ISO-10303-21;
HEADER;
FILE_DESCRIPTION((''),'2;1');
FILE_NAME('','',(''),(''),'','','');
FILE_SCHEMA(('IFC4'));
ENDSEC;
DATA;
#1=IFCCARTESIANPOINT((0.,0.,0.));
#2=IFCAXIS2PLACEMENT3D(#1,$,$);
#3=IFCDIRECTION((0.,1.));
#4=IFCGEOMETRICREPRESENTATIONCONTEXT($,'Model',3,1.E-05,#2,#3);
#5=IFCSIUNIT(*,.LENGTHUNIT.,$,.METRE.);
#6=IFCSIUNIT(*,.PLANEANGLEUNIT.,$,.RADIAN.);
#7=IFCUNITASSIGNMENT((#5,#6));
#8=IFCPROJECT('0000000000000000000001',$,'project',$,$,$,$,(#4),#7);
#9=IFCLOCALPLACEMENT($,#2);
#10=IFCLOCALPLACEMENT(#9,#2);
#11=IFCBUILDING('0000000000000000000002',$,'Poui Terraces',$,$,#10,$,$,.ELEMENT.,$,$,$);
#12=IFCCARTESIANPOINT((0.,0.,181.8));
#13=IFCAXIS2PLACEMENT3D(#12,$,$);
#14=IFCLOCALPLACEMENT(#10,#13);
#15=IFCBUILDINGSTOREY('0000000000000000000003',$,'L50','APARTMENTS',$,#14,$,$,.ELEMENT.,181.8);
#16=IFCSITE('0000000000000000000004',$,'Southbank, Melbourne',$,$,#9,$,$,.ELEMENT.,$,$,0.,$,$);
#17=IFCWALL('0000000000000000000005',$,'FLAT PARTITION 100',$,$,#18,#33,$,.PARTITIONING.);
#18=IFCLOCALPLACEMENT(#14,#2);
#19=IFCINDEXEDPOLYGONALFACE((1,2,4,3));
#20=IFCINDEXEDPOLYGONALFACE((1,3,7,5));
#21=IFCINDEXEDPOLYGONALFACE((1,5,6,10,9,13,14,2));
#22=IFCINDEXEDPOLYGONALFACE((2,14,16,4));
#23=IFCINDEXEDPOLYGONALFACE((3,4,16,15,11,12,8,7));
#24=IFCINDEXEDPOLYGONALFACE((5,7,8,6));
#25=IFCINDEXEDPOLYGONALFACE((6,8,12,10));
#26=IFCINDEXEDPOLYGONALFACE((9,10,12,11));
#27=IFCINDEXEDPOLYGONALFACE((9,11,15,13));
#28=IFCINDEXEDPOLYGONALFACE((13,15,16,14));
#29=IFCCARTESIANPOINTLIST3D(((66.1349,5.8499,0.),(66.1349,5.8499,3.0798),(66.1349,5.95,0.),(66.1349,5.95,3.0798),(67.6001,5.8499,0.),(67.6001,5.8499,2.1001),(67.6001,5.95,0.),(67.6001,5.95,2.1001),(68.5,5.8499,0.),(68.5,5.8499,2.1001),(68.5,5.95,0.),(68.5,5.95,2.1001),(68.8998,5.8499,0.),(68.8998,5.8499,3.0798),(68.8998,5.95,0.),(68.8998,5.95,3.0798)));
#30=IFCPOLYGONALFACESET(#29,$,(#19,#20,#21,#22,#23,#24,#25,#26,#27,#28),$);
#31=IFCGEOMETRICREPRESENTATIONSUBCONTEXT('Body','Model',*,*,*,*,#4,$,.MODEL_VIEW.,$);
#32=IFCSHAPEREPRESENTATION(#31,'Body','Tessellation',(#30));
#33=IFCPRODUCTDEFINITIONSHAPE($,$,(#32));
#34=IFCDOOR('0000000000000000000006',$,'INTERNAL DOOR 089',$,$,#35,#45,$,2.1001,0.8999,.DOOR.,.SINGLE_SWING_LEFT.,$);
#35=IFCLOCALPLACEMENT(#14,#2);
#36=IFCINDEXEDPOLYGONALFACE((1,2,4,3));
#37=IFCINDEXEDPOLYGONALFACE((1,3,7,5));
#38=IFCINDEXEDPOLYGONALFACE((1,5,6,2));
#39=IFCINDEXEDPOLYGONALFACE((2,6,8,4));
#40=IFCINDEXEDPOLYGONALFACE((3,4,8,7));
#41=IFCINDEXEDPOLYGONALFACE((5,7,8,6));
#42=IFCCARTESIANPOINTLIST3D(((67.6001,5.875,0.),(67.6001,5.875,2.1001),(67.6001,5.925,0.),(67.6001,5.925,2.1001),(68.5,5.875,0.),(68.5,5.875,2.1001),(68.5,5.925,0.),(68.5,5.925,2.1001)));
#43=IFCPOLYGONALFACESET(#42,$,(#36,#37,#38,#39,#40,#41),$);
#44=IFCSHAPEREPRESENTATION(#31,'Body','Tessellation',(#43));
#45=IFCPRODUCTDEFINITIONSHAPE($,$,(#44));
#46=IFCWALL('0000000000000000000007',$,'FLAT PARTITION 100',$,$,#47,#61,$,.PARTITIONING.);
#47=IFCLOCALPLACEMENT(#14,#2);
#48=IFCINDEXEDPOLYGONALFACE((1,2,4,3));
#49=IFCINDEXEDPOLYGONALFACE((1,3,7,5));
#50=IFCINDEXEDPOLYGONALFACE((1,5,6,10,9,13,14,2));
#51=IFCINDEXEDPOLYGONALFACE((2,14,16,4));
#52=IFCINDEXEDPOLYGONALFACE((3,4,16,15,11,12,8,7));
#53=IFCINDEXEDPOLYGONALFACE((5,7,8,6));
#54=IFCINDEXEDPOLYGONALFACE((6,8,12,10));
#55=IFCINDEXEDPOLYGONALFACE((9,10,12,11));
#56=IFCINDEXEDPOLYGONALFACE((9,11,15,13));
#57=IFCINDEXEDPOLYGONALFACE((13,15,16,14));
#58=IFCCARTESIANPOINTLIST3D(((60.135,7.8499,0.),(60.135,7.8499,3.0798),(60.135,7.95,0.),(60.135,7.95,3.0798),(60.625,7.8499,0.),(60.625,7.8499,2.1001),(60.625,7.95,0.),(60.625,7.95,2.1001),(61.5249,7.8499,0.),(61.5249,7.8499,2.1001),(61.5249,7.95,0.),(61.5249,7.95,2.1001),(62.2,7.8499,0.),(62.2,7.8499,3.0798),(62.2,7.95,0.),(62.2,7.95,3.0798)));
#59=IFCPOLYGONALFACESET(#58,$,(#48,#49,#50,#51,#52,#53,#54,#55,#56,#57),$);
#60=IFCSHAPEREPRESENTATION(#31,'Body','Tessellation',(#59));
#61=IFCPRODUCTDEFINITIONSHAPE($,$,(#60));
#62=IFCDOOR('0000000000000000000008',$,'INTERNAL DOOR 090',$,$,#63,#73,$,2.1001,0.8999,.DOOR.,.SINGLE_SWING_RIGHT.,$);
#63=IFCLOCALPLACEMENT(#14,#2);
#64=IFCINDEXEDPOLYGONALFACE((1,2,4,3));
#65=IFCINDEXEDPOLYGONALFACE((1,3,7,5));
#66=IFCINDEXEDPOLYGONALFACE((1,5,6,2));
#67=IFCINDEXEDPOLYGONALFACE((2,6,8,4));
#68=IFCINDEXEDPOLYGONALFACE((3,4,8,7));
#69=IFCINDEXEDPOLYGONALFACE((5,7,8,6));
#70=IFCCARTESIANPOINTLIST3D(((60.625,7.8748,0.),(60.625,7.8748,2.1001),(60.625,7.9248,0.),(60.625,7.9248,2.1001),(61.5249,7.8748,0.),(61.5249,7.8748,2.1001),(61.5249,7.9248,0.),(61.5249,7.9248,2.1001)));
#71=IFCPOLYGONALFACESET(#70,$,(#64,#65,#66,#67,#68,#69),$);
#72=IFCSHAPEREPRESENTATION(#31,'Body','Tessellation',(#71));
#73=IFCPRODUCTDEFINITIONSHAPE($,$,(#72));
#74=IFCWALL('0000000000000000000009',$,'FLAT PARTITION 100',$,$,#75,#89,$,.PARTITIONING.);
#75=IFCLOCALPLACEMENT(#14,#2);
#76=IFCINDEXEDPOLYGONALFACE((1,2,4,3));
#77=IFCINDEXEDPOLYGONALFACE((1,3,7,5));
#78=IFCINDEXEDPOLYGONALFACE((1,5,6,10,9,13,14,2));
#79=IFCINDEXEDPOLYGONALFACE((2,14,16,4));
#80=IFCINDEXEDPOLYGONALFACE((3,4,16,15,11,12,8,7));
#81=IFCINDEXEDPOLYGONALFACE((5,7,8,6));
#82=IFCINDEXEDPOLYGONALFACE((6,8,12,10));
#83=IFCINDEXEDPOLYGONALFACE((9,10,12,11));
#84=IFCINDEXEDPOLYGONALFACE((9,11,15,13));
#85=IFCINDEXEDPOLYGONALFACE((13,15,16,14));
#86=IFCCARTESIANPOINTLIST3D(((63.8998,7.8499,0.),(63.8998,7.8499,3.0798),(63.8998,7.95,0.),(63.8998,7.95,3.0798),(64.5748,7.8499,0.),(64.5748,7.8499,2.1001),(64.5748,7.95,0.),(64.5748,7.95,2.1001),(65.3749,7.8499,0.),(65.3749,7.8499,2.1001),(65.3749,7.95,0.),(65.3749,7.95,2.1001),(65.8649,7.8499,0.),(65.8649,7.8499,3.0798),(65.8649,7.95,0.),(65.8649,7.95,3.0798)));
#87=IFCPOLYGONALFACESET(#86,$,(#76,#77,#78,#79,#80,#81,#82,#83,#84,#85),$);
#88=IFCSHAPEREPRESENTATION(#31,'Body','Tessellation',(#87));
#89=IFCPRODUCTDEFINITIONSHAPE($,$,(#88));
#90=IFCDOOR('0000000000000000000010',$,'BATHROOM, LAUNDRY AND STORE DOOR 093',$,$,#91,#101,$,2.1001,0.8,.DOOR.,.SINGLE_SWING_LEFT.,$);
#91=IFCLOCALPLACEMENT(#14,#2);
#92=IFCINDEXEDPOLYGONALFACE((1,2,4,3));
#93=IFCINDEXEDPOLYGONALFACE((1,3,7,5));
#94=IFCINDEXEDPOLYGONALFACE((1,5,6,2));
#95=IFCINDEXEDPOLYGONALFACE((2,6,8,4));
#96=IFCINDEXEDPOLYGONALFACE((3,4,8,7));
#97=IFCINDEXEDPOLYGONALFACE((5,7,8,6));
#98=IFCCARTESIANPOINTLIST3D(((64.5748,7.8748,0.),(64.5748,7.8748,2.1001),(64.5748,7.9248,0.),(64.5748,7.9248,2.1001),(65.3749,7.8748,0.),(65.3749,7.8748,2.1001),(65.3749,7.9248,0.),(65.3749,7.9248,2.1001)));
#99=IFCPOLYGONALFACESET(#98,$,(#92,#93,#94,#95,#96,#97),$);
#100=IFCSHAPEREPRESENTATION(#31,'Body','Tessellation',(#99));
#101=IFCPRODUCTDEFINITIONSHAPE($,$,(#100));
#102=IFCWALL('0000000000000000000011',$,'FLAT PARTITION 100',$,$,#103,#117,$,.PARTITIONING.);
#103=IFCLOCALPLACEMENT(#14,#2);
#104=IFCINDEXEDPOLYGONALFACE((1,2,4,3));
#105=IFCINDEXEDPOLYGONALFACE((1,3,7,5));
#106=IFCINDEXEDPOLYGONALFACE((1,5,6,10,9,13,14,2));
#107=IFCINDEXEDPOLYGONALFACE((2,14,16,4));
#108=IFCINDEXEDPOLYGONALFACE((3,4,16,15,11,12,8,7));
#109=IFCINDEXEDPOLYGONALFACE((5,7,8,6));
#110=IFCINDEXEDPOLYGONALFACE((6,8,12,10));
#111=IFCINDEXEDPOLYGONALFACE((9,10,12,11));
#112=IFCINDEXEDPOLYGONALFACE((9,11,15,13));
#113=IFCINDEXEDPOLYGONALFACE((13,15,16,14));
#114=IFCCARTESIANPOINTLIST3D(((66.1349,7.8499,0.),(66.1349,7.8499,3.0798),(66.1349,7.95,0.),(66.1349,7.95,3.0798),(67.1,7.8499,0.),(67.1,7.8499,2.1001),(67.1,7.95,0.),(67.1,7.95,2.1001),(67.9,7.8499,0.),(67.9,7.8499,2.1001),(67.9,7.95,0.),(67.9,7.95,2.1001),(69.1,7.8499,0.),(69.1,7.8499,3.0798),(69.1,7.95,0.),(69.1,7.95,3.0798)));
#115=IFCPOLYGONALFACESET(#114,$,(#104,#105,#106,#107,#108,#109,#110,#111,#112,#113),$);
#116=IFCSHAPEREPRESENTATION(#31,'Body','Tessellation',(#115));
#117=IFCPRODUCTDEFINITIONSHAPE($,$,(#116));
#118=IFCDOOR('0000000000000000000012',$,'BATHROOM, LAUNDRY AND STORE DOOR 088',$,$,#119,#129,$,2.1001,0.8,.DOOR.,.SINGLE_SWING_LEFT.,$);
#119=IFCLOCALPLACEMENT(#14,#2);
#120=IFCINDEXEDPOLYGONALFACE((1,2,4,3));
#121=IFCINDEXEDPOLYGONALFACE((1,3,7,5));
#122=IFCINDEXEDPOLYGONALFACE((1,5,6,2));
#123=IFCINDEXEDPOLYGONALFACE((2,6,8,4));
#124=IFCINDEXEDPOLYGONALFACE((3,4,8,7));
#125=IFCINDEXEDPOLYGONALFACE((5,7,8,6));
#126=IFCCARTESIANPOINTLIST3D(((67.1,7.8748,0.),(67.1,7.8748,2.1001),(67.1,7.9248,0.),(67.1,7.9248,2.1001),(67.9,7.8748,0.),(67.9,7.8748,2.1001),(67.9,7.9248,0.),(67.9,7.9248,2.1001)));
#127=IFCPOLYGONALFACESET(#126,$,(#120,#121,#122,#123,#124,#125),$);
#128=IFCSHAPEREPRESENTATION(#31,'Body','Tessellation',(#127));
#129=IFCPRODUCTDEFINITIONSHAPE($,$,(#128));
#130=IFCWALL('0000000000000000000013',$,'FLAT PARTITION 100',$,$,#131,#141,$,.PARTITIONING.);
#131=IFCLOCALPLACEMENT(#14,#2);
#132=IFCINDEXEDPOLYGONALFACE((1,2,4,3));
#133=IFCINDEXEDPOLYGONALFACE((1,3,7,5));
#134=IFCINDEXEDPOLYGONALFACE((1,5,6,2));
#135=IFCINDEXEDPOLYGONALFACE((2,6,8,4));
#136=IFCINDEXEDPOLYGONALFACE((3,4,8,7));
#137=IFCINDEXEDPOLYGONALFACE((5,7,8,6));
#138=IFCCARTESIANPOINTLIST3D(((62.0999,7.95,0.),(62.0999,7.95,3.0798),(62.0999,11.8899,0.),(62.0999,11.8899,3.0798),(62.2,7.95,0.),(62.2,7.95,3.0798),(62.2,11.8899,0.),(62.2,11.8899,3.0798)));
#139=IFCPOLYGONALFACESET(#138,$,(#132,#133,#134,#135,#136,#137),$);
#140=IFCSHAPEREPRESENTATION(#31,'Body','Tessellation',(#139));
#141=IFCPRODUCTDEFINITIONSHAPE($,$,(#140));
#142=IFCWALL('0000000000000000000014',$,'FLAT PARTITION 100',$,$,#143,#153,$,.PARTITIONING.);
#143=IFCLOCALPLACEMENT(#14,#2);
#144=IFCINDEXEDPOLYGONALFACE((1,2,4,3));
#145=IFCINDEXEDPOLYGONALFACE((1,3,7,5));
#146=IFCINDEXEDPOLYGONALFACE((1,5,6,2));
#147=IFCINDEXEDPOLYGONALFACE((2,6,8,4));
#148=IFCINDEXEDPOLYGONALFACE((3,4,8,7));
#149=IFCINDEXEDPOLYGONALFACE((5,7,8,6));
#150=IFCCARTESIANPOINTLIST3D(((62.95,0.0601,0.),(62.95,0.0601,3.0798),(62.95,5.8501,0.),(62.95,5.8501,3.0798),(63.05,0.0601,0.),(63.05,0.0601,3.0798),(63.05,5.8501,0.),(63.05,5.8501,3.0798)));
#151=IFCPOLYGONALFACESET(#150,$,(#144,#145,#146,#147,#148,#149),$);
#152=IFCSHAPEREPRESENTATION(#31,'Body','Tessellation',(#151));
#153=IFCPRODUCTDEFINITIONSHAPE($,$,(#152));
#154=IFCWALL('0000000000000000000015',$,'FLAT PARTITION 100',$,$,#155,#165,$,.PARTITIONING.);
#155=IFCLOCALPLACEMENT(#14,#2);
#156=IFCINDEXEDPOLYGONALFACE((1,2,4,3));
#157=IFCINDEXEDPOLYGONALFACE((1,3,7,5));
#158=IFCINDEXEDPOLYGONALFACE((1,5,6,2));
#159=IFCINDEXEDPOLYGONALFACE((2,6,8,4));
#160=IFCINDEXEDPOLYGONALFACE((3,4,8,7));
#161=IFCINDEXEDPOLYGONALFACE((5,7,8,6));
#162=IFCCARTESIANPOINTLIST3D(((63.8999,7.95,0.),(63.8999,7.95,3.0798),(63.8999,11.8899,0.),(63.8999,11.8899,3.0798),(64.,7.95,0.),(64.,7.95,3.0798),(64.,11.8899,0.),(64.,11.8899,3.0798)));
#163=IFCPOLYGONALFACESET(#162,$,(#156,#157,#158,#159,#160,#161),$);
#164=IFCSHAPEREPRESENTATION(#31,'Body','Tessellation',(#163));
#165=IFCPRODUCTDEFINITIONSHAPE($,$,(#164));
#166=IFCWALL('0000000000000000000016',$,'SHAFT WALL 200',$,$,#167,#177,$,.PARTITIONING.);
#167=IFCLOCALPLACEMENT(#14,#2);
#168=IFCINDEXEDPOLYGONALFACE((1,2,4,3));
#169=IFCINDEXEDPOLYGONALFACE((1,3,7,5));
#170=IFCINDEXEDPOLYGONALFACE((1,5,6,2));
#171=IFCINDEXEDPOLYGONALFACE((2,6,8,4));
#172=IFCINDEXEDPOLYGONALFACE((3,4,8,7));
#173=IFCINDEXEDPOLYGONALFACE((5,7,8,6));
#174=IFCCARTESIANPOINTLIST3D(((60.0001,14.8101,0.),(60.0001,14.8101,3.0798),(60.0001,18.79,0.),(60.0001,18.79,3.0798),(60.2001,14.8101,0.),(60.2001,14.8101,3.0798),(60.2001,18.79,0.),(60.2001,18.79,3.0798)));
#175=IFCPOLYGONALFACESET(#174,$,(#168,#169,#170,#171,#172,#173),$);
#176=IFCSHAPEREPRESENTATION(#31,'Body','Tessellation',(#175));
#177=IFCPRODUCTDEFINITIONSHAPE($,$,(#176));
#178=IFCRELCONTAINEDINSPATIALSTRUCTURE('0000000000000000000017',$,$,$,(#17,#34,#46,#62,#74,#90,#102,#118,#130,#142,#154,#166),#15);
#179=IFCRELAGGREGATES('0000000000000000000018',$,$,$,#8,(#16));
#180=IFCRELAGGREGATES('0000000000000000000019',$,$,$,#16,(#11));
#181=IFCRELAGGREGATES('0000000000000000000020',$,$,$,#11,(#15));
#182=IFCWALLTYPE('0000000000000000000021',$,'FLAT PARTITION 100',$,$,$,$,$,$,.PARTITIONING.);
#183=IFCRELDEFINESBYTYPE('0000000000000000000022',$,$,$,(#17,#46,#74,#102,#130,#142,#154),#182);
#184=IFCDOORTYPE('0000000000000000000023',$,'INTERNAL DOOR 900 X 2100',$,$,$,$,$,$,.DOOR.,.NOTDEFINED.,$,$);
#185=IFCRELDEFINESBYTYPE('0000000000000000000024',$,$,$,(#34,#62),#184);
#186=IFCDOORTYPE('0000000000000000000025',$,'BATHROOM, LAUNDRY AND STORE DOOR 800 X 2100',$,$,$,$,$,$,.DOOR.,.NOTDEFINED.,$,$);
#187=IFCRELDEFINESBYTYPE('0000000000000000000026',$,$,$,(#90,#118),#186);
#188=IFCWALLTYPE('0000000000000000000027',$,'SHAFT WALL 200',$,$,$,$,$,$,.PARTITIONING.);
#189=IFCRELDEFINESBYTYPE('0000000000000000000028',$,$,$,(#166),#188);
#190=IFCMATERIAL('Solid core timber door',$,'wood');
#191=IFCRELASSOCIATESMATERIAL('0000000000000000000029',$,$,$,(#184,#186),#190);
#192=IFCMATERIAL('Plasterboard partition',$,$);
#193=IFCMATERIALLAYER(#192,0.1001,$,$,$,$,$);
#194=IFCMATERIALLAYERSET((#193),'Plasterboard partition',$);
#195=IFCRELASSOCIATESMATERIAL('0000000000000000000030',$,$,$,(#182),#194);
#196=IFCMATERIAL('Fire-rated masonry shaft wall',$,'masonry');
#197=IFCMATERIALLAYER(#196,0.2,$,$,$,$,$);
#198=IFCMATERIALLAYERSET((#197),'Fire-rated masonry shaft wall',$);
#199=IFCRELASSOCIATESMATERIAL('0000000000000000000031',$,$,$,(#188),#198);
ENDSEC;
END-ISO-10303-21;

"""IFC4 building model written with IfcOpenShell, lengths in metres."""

from ifc_helpers import new_model, si_unit, direction, frame, frame_2d, origin, place, context, subcontext, project, spatial, rectangle, extrude, material, layer, layer_set, type_object, element, fill, save


model = new_model("IFC4")

# Units and contexts
model_context = context("Model", 3, precision=1e-05, world=origin(), true_north=direction((0.0, 1.0)))
body_context = subcontext(model_context, "Body", "Model", "MODEL_VIEW")
ifc_project = project(units=[si_unit("LENGTHUNIT", "METRE"), si_unit("PLANEANGLEUNIT", "RADIAN")], contexts=[model_context])

# Site, building, storey
site_placement = place(None, origin())
site = spatial("IfcSite", under=ifc_project, at=site_placement, Name="Southbank, Melbourne", CompositionType="ELEMENT", RefElevation=0.0)
building_placement = place(site_placement, origin())
building = spatial("IfcBuilding", under=site, at=building_placement, Name="Poui Terraces", CompositionType="ELEMENT")
storey_placement = place(building_placement, frame((0.0, 0.0, 181.8)))
storey = spatial("IfcBuildingStorey", under=building, at=storey_placement, Name="L50", Description="APARTMENTS", CompositionType="ELEMENT", Elevation=181.8)

# Walls, openings, doors
ifc_material_1 = material(Name="Solid core timber door", Category="wood")
door_type_1 = type_object("IfcDoorType", Name="INTERNAL DOOR 900 X 2100", OperationType="NOTDEFINED", PredefinedType="DOOR", material=ifc_material_1)
ifc_material_2 = material(Name="Plasterboard partition")
ifc_layer_1 = layer(ifc_material_2, 0.1001)
ifc_layer_set_1 = layer_set([ifc_layer_1], Name="Plasterboard partition")
wall_type_1 = type_object("IfcWallType", Name="FLAT PARTITION 100", PredefinedType="PARTITIONING", material=ifc_layer_set_1)
wall_1_placement = place(storey_placement, frame((66.135, 5.8999, 0.0), z_axis=(0.0, 0.0, 1.0), x_axis=(1.0, 0.0, 0.0)))
wall_1 = element("IfcWall", 1, at=wall_1_placement, inside=storey, type_object=wall_type_1, Name="FLAT PARTITION 100", PredefinedType="PARTITIONING", context=body_context, shape_type="SweptSolid", body=[
    extrude(rectangle(XDim=2.7649, YDim=0.1001, at=frame_2d((1.3823, 0.0))), origin(), (0.0, 0.0, 1.0), 3.0798),
])
opening_1_placement = place(wall_1_placement, frame((1.4651, 0.0, 0.0)))
opening_1 = element("IfcOpeningElement", 2, at=opening_1_placement, cuts=wall_1, PredefinedType="OPENING", context=body_context, shape_type="SweptSolid", body=[
    extrude(rectangle(XDim=0.8999, YDim=2.1001, at=frame_2d((0.45, 1.05))), frame((0.0, 0.0601, 0.0), z_axis=(0.0, -1.0, 0.0), x_axis=(1.0, 0.0, 0.0)), (0.0, 0.0, 1.0), 0.1201),
])
door_1_placement = place(opening_1_placement, frame((0.8999, 0.0, 0.0), z_axis=(0.0, 0.0, 1.0), x_axis=(-1.0, 0.0, 0.0)))
door_1 = element("IfcDoor", 3, at=door_1_placement, inside=storey, type_object=door_type_1, Name="INTERNAL DOOR 089", OperationType="SINGLE_SWING_LEFT", OverallHeight=2.1001, OverallWidth=0.8999, PredefinedType="DOOR", context=body_context, shape_type="SweptSolid", body=[
    extrude(rectangle(XDim=0.8999, YDim=2.1001, at=frame_2d((0.45, 1.05))), frame((0.0, 0.0249, 0.0), z_axis=(0.0, -1.0, 0.0), x_axis=(1.0, 0.0, 0.0)), (0.0, 0.0, 1.0), 0.05),
])
fill(opening_1, door_1)
wall_2_placement = place(storey_placement, frame((60.135, 7.8999, 0.0), z_axis=(0.0, 0.0, 1.0), x_axis=(1.0, 0.0, 0.0)))
wall_2 = element("IfcWall", 4, at=wall_2_placement, inside=storey, type_object=wall_type_1, Name="FLAT PARTITION 100", PredefinedType="PARTITIONING", context=body_context, shape_type="SweptSolid", body=[
    extrude(rectangle(XDim=2.0649, YDim=0.1001, at=frame_2d((1.0325, 0.0))), origin(), (0.0, 0.0, 1.0), 3.0798),
])
opening_2_placement = place(wall_2_placement, frame((0.49, 0.0, 0.0)))
opening_2 = element("IfcOpeningElement", 5, at=opening_2_placement, cuts=wall_2, PredefinedType="OPENING", context=body_context, shape_type="SweptSolid", body=[
    extrude(rectangle(XDim=0.8999, YDim=2.1001, at=frame_2d((0.45, 1.05))), frame((0.0, 0.0601, 0.0), z_axis=(0.0, -1.0, 0.0), x_axis=(1.0, 0.0, 0.0)), (0.0, 0.0, 1.0), 0.1201),
])
door_2_placement = place(opening_2_placement, origin())
door_2 = element("IfcDoor", 6, at=door_2_placement, inside=storey, type_object=door_type_1, Name="INTERNAL DOOR 090", OperationType="SINGLE_SWING_RIGHT", OverallHeight=2.1001, OverallWidth=0.8999, PredefinedType="DOOR", context=body_context, shape_type="SweptSolid", body=[
    extrude(rectangle(XDim=0.8999, YDim=2.1001, at=frame_2d((0.45, 1.05))), frame((0.0, 0.0249, 0.0), z_axis=(0.0, -1.0, 0.0), x_axis=(1.0, 0.0, 0.0)), (0.0, 0.0, 1.0), 0.05),
])
fill(opening_2, door_2)
wall_3_placement = place(storey_placement, frame((63.8999, 7.8999, 0.0), z_axis=(0.0, 0.0, 1.0), x_axis=(1.0, 0.0, 0.0)))
wall_3 = element("IfcWall", 7, at=wall_3_placement, inside=storey, type_object=wall_type_1, Name="FLAT PARTITION 100", PredefinedType="PARTITIONING", context=body_context, shape_type="SweptSolid", body=[
    extrude(rectangle(XDim=1.9651, YDim=0.1001, at=frame_2d((0.9824, 0.0))), origin(), (0.0, 0.0, 1.0), 3.0798),
])
opening_3_placement = place(wall_3_placement, frame((0.675, 0.0, 0.0)))
opening_3 = element("IfcOpeningElement", 8, at=opening_3_placement, cuts=wall_3, PredefinedType="OPENING", context=body_context, shape_type="SweptSolid", body=[
    extrude(rectangle(XDim=0.8, YDim=2.1001, at=frame_2d((0.3999, 1.05))), frame((0.0, 0.0601, 0.0), z_axis=(0.0, -1.0, 0.0), x_axis=(1.0, 0.0, 0.0)), (0.0, 0.0, 1.0), 0.1201),
])
door_type_2 = type_object("IfcDoorType", Name="BATHROOM, LAUNDRY AND STORE DOOR 800 X 2100", OperationType="NOTDEFINED", PredefinedType="DOOR", material=ifc_material_1)
door_3_placement = place(opening_3_placement, origin())
door_3 = element("IfcDoor", 9, at=door_3_placement, inside=storey, type_object=door_type_2, Name="BATHROOM, LAUNDRY AND STORE DOOR 093", OperationType="SINGLE_SWING_LEFT", OverallHeight=2.1001, OverallWidth=0.8, PredefinedType="DOOR", context=body_context, shape_type="SweptSolid", body=[
    extrude(rectangle(XDim=0.8, YDim=2.1001, at=frame_2d((0.3999, 1.05))), frame((0.0, 0.0249, 0.0), z_axis=(0.0, -1.0, 0.0), x_axis=(1.0, 0.0, 0.0)), (0.0, 0.0, 1.0), 0.05),
])
fill(opening_3, door_3)
wall_4_placement = place(storey_placement, frame((66.135, 7.8999, 0.0), z_axis=(0.0, 0.0, 1.0), x_axis=(1.0, 0.0, 0.0)))
wall_4 = element("IfcWall", 10, at=wall_4_placement, inside=storey, type_object=wall_type_1, Name="FLAT PARTITION 100", PredefinedType="PARTITIONING", context=body_context, shape_type="SweptSolid", body=[
    extrude(rectangle(XDim=2.9651, YDim=0.1001, at=frame_2d((1.4824, 0.0))), origin(), (0.0, 0.0, 1.0), 3.0798),
])
opening_4_placement = place(wall_4_placement, frame((0.9651, 0.0, 0.0)))
opening_4 = element("IfcOpeningElement", 11, at=opening_4_placement, cuts=wall_4, PredefinedType="OPENING", context=body_context, shape_type="SweptSolid", body=[
    extrude(rectangle(XDim=0.8, YDim=2.1001, at=frame_2d((0.3999, 1.05))), frame((0.0, 0.0601, 0.0), z_axis=(0.0, -1.0, 0.0), x_axis=(1.0, 0.0, 0.0)), (0.0, 0.0, 1.0), 0.1201),
])
door_4_placement = place(opening_4_placement, origin())
door_4 = element("IfcDoor", 12, at=door_4_placement, inside=storey, type_object=door_type_2, Name="BATHROOM, LAUNDRY AND STORE DOOR 088", OperationType="SINGLE_SWING_LEFT", OverallHeight=2.1001, OverallWidth=0.8, PredefinedType="DOOR", context=body_context, shape_type="SweptSolid", body=[
    extrude(rectangle(XDim=0.8, YDim=2.1001, at=frame_2d((0.3999, 1.05))), frame((0.0, 0.0249, 0.0), z_axis=(0.0, -1.0, 0.0), x_axis=(1.0, 0.0, 0.0)), (0.0, 0.0, 1.0), 0.05),
])
fill(opening_4, door_4)

# Walls
wall_5_placement = place(storey_placement, frame((62.1499, 7.95, 0.0), z_axis=(0.0, 0.0, 1.0), x_axis=(0.0, 1.0, 0.0)))
element("IfcWall", 13, at=wall_5_placement, inside=storey, type_object=wall_type_1, Name="FLAT PARTITION 100", PredefinedType="PARTITIONING", context=body_context, shape_type="SweptSolid", body=[
    extrude(rectangle(XDim=3.9399, YDim=0.1001, at=frame_2d((1.97, 0.0))), origin(), (0.0, 0.0, 1.0), 3.0798),
])
wall_6_placement = place(storey_placement, frame((63.0, 0.0601, 0.0), z_axis=(0.0, 0.0, 1.0), x_axis=(0.0, 1.0, 0.0)))
element("IfcWall", 14, at=wall_6_placement, inside=storey, type_object=wall_type_1, Name="FLAT PARTITION 100", PredefinedType="PARTITIONING", context=body_context, shape_type="SweptSolid", body=[
    extrude(rectangle(XDim=5.79, YDim=0.1001, at=frame_2d((2.895, 0.0))), origin(), (0.0, 0.0, 1.0), 3.0798),
])
wall_7_placement = place(storey_placement, frame((63.95, 7.95, 0.0), z_axis=(0.0, 0.0, 1.0), x_axis=(0.0, 1.0, 0.0)))
element("IfcWall", 15, at=wall_7_placement, inside=storey, type_object=wall_type_1, Name="FLAT PARTITION 100", PredefinedType="PARTITIONING", context=body_context, shape_type="SweptSolid", body=[
    extrude(rectangle(XDim=3.9399, YDim=0.1001, at=frame_2d((1.97, 0.0))), origin(), (0.0, 0.0, 1.0), 3.0798),
])
ifc_material_3 = material(Name="Fire-rated masonry shaft wall", Category="masonry")
ifc_layer_2 = layer(ifc_material_3, 0.2)
ifc_layer_set_2 = layer_set([ifc_layer_2], Name="Fire-rated masonry shaft wall")
wall_type_2 = type_object("IfcWallType", Name="SHAFT WALL 200", PredefinedType="PARTITIONING", material=ifc_layer_set_2)
wall_8_placement = place(storey_placement, frame((60.1001, 14.8101, 0.0), z_axis=(0.0, 0.0, 1.0), x_axis=(0.0, 1.0, 0.0)))
element("IfcWall", 16, at=wall_8_placement, inside=storey, type_object=wall_type_2, Name="SHAFT WALL 200", PredefinedType="PARTITIONING", context=body_context, shape_type="SweptSolid", body=[
    extrude(rectangle(XDim=3.98, YDim=0.2, at=frame_2d((1.99, 0.0))), origin(), (0.0, 0.0, 1.0), 3.0798),
])

save(model, "model.ifc")
